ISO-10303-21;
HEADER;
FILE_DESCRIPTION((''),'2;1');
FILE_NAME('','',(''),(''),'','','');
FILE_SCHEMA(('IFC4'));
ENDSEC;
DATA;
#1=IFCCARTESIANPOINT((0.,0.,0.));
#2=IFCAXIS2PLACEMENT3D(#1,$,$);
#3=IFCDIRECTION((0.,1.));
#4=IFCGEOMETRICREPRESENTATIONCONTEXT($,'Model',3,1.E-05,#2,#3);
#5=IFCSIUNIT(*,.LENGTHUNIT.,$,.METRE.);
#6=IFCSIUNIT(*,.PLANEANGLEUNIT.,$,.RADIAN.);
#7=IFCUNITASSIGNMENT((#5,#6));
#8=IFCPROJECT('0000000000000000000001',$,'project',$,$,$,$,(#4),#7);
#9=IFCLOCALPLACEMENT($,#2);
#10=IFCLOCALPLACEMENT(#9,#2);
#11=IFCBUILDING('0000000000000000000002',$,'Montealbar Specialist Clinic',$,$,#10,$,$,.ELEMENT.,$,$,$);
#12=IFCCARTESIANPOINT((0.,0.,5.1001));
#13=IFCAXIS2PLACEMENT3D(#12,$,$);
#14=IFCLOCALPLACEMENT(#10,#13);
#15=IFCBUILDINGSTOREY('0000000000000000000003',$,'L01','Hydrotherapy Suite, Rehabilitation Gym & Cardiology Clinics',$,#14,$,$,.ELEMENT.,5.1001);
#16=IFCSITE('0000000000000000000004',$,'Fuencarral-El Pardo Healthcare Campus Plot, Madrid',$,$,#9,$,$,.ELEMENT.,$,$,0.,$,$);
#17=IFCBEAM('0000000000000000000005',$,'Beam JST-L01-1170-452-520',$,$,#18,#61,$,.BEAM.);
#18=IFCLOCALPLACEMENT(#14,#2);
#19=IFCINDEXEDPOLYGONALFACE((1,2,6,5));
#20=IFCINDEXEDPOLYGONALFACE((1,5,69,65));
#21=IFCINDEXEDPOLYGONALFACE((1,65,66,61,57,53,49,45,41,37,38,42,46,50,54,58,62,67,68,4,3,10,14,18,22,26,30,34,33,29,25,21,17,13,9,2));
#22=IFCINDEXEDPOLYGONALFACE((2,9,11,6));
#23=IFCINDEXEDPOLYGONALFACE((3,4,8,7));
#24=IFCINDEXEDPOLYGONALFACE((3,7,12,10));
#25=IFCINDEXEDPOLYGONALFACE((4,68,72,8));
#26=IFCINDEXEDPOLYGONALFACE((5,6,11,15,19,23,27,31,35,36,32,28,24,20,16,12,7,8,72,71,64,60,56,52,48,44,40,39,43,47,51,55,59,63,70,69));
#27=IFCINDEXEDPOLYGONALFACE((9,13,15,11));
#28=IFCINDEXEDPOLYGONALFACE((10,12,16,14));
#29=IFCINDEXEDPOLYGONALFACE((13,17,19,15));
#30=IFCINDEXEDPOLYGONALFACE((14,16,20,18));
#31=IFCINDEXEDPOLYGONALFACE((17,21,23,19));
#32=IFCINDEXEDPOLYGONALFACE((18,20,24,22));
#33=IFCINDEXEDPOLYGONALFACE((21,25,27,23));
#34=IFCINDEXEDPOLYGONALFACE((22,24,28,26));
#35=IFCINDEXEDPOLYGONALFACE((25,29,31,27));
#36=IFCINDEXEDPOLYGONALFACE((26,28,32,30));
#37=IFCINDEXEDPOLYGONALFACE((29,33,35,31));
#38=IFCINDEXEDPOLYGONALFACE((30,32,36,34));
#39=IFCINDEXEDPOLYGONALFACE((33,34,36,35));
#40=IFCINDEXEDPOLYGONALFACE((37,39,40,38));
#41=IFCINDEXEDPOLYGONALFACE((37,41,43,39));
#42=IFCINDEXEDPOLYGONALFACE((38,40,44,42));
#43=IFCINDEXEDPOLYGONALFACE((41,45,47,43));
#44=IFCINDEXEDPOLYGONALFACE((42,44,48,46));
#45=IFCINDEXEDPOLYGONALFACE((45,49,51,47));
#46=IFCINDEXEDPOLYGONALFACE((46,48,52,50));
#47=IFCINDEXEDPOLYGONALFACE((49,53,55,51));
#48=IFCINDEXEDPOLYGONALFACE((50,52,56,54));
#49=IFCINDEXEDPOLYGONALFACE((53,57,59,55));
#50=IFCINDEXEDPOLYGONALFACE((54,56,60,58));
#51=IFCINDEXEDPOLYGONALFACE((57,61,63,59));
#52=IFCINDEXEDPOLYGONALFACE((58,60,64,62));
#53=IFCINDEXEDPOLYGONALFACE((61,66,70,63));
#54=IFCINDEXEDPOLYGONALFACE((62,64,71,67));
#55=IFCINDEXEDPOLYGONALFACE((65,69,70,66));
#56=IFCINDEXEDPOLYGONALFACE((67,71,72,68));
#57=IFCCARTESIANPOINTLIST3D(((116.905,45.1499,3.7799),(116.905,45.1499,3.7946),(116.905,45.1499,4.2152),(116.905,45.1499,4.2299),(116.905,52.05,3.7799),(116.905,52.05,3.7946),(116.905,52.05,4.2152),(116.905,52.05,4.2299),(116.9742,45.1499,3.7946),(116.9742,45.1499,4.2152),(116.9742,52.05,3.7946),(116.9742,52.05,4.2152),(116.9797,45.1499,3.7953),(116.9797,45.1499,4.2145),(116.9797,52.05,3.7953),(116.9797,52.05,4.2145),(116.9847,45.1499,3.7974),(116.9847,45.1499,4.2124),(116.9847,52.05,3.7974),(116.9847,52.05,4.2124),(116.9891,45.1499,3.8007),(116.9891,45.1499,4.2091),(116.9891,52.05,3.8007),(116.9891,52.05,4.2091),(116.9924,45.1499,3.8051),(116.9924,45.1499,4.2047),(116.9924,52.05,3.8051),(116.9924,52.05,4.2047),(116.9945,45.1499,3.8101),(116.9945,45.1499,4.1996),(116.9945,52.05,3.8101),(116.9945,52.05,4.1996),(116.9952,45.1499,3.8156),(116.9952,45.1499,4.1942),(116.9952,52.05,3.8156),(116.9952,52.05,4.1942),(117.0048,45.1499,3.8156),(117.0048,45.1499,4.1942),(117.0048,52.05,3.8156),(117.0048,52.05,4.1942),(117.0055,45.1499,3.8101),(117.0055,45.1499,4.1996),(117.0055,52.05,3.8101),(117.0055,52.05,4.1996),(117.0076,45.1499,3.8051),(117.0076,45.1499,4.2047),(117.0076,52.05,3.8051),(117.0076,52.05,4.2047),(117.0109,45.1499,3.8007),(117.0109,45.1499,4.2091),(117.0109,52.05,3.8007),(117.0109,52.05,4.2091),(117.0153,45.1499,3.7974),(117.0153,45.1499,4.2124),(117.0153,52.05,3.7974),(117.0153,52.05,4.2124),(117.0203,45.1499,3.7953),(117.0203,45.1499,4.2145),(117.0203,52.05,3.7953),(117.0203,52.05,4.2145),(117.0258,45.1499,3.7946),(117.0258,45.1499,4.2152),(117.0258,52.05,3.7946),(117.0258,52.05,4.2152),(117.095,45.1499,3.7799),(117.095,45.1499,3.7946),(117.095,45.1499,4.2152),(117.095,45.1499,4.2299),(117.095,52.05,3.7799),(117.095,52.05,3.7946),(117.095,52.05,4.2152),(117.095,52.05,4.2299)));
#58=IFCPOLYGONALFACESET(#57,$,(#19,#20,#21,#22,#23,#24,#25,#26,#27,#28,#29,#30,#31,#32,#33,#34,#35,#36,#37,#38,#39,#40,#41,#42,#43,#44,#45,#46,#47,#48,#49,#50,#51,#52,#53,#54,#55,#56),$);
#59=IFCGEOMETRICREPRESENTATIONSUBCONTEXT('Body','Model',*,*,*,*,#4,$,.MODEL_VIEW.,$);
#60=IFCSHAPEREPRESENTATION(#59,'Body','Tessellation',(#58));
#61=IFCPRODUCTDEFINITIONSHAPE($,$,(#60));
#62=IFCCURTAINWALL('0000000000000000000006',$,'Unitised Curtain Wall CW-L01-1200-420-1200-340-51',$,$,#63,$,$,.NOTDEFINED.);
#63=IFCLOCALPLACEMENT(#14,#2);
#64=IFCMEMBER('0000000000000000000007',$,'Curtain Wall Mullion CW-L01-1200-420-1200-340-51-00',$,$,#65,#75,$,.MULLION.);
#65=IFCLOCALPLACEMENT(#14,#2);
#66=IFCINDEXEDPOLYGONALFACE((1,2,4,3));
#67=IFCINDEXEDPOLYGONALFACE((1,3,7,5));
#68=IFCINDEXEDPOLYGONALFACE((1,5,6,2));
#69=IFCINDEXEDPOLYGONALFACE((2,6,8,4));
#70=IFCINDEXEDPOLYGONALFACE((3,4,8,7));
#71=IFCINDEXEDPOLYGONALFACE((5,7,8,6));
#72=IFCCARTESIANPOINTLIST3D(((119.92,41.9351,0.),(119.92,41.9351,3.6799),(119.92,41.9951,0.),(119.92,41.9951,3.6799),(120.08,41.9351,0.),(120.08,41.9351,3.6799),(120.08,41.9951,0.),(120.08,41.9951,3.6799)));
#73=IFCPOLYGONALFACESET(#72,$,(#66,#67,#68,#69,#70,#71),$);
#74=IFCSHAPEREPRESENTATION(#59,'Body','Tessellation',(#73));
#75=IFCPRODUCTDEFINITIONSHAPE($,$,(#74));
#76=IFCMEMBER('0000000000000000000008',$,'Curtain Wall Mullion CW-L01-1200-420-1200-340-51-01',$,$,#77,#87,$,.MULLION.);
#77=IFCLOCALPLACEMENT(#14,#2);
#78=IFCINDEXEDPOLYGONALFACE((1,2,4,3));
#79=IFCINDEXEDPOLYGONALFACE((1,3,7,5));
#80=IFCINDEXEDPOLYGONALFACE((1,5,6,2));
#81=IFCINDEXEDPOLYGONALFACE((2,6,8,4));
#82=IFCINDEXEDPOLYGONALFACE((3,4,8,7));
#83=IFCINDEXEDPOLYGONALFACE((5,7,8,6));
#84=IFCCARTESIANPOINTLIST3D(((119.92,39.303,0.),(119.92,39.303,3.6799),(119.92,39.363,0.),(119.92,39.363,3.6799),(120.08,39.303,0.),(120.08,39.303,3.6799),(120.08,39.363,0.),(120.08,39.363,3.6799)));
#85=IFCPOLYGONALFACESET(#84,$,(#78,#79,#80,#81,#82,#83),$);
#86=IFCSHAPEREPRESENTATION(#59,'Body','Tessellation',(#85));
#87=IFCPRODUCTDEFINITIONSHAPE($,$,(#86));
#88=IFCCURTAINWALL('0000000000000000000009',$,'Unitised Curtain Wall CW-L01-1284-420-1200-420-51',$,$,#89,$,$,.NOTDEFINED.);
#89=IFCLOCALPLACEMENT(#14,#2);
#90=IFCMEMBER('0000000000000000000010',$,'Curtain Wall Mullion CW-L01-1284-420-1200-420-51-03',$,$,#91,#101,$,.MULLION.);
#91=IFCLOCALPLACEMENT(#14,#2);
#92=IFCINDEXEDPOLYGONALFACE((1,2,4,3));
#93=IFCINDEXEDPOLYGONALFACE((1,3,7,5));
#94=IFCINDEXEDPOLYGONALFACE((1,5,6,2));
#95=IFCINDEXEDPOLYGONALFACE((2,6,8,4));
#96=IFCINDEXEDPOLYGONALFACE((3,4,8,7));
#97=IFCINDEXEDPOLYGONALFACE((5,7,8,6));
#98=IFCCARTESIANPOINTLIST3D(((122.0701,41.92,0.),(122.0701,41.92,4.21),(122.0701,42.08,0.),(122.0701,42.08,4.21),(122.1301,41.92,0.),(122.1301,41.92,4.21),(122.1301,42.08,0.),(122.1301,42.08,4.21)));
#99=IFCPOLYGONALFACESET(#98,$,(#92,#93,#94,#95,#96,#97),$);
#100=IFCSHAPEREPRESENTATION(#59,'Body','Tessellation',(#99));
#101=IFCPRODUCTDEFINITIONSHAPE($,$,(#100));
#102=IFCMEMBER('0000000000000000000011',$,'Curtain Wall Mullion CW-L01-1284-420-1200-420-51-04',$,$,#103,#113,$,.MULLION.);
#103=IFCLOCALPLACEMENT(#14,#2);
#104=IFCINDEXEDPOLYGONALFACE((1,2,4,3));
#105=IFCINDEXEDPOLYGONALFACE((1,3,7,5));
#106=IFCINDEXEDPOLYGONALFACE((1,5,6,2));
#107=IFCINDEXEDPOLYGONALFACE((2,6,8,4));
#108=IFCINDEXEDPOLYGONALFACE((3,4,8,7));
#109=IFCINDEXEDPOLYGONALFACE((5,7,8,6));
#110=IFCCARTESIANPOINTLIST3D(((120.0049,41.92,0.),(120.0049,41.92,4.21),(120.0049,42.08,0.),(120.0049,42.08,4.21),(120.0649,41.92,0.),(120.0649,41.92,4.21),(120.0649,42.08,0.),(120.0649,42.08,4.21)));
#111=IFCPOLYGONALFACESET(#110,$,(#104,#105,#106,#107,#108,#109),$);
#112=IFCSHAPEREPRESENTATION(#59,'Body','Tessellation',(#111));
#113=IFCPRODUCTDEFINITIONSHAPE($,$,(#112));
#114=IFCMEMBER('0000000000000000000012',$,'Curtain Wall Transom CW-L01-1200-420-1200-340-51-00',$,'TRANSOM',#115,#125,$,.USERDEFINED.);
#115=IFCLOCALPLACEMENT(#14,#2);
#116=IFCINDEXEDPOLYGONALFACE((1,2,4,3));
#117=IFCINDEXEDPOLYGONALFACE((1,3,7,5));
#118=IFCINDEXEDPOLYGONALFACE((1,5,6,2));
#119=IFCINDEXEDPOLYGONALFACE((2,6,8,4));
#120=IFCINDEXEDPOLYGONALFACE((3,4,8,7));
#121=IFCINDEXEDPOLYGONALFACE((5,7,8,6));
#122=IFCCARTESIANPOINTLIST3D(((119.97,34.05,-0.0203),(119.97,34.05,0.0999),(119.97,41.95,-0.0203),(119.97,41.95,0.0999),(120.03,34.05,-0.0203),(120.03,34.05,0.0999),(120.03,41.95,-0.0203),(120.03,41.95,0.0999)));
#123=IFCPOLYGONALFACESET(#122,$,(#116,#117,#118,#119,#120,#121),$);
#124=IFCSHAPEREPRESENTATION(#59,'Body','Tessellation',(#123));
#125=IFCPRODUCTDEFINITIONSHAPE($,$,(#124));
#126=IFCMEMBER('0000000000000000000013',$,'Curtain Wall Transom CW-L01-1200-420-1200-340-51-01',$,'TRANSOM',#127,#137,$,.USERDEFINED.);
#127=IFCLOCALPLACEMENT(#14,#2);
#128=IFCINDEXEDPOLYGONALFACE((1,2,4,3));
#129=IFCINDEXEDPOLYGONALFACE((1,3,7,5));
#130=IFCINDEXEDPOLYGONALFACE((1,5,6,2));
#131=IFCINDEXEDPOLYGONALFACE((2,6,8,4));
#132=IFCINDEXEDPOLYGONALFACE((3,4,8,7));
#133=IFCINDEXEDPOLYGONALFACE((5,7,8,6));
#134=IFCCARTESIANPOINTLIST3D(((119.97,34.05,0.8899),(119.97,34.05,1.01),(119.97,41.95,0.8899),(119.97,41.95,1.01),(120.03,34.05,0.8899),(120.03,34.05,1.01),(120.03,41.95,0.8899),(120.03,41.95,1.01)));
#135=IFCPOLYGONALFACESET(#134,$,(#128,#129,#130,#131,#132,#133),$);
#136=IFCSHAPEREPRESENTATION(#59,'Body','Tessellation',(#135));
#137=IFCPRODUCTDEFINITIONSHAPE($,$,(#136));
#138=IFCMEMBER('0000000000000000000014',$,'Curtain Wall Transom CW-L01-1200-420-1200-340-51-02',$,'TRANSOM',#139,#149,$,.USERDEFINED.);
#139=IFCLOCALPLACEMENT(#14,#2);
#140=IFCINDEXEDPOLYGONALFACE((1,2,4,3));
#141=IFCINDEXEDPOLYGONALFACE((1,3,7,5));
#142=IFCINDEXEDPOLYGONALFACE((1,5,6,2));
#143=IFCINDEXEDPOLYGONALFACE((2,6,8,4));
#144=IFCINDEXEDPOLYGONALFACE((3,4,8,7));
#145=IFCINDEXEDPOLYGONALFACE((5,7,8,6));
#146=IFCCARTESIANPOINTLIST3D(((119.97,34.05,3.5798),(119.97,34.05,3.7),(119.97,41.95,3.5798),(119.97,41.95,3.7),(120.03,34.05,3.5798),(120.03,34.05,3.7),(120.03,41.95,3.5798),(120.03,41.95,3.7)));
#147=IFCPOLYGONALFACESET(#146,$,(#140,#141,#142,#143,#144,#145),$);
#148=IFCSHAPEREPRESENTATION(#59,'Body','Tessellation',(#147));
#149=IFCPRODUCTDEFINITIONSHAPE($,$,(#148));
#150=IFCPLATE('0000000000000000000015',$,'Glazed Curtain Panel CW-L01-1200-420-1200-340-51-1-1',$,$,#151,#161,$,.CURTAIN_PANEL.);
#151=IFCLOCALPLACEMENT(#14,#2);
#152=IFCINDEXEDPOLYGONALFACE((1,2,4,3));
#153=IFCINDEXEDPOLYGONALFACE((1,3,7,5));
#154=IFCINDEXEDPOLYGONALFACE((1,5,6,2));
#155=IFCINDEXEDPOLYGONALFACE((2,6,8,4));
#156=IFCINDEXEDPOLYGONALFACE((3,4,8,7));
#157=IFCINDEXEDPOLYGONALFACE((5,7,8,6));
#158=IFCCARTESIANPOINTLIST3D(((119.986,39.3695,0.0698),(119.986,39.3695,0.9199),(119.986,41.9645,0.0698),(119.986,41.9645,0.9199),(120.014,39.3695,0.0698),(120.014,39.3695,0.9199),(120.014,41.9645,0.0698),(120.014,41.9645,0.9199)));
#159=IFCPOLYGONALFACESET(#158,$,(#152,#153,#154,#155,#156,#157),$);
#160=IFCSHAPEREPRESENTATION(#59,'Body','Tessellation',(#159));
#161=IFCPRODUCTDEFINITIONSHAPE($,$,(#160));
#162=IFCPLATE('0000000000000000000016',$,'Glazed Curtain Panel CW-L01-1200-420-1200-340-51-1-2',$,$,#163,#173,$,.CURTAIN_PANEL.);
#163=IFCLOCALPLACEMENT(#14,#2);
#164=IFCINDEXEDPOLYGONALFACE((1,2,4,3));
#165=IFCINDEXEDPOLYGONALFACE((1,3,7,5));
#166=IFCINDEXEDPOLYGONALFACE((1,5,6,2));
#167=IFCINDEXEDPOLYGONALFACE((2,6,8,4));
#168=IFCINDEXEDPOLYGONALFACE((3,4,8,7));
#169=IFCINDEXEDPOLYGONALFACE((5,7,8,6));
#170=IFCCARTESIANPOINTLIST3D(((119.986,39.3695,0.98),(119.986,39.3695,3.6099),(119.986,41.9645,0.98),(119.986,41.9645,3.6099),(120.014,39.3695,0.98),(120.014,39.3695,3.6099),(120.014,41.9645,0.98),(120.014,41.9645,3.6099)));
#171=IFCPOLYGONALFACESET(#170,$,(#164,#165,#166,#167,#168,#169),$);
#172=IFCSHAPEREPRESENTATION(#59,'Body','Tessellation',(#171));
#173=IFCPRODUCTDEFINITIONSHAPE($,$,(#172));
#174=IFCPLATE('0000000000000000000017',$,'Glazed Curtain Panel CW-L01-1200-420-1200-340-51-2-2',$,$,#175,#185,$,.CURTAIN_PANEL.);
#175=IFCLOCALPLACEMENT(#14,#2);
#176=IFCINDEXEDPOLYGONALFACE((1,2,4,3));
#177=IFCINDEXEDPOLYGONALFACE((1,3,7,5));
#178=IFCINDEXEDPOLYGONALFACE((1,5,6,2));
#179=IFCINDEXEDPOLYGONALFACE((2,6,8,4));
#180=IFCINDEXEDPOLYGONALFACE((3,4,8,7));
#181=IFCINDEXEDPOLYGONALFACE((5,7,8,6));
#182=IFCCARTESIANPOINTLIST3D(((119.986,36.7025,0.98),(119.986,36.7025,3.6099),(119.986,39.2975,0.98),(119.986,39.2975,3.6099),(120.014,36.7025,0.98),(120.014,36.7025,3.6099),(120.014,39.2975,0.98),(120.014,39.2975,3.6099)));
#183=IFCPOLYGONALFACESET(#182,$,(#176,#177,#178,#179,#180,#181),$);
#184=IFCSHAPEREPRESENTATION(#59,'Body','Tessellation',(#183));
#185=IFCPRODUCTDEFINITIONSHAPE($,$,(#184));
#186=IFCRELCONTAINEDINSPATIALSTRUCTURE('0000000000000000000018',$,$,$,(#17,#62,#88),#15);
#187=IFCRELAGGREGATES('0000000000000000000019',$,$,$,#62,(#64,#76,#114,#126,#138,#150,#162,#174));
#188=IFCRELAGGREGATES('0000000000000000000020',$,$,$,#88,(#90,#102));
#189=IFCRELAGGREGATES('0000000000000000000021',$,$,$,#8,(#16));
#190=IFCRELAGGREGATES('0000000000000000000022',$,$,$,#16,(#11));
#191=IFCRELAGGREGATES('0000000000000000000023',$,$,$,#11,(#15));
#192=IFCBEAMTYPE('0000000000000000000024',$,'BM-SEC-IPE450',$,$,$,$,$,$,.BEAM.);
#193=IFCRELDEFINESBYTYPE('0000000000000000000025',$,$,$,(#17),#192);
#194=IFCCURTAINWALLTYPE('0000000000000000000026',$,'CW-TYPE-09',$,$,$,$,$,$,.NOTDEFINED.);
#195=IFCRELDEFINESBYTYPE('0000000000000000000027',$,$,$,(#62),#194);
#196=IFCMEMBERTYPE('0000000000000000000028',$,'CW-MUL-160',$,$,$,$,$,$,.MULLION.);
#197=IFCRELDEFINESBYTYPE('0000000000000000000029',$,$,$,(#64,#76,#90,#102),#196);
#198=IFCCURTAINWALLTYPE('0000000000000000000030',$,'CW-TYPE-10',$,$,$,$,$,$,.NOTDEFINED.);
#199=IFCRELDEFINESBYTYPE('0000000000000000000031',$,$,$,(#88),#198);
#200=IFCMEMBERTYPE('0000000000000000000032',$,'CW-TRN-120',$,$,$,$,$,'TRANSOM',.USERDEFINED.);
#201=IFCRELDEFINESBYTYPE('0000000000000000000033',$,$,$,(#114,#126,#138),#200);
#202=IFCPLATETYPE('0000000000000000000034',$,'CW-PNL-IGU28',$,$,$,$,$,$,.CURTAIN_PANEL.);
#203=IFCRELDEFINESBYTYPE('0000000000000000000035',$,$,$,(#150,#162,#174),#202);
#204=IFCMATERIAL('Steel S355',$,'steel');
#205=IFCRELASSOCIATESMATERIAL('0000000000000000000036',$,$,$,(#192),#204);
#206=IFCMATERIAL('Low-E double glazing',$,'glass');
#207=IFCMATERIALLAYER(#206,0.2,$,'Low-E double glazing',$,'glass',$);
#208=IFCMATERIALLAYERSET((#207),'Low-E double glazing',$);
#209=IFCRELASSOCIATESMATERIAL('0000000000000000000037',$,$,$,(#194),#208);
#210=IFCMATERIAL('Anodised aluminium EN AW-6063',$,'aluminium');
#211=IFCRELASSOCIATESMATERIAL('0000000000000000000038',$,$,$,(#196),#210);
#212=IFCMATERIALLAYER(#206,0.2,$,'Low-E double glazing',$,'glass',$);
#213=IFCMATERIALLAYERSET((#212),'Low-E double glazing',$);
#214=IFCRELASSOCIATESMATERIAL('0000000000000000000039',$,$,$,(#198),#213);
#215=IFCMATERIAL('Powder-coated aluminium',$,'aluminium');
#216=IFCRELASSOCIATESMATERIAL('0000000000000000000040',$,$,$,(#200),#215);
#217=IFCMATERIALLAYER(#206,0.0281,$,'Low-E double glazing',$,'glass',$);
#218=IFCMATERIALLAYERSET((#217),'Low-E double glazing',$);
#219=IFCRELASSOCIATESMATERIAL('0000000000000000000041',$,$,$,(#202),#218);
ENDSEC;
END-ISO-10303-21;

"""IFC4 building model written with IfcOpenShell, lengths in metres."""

from ifc_helpers import new_model, si_unit, direction, frame, origin, origin_2d, place, context, subcontext, project, spatial, rectangle, i_section, extrude, material, layer, layer_set, material_profile, profile_set, type_object, element, aggregate, save


model = new_model("IFC4")

# Units and contexts
model_context = context("Model", 3, precision=1e-05, world=origin(), true_north=direction((0.0, 1.0)))
body_context = subcontext(model_context, "Body", "Model", "MODEL_VIEW")
ifc_project = project(units=[si_unit("LENGTHUNIT", "METRE"), si_unit("PLANEANGLEUNIT", "RADIAN")], contexts=[model_context])

# Site, building, storey
site_placement = place(None, origin())
site = spatial("IfcSite", under=ifc_project, at=site_placement, Name="Fuencarral-El Pardo Healthcare Campus Plot, Madrid", CompositionType="ELEMENT", RefElevation=0.0)
building_placement = place(site_placement, origin())
building = spatial("IfcBuilding", under=site, at=building_placement, Name="Montealbar Specialist Clinic", CompositionType="ELEMENT")
storey_placement = place(building_placement, frame((0.0, 0.0, 5.1001)))
storey = spatial("IfcBuildingStorey", under=building, at=storey_placement, Name="L01", Description="Hydrotherapy Suite, Rehabilitation Gym & Cardiology Clinics", CompositionType="ELEMENT", Elevation=5.1001)

# Shared definitions
ifc_material_1 = material(Name="Steel S355", Category="steel")

# Beam
ifc_material_profile_1 = material_profile(ifc_material_1, i_section(OverallWidth=0.1899, OverallDepth=0.45, WebThickness=0.0095, FlangeThickness=0.0146, FilletRadius=0.021, at=origin_2d()), Name="IPE 450", Category="steel")
ifc_profile_set_1 = profile_set([ifc_material_profile_1], Name="Steel S355")
beam_type_1 = type_object("IfcBeamType", Name="BM-SEC-IPE450", PredefinedType="BEAM", material=ifc_profile_set_1)
beam_1_placement = place(storey_placement, frame((117.0, 45.1499, 4.0049), z_axis=(0.0, 1.0, 0.0), x_axis=(-1.0, 0.0, 0.0)))
element("IfcBeam", 1, at=beam_1_placement, inside=storey, type_object=beam_type_1, Name="Beam JST-L01-1170-452-520", PredefinedType="BEAM", context=body_context, shape_type="SweptSolid", body=[
    extrude(i_section(OverallWidth=0.1899, OverallDepth=0.45, WebThickness=0.0095, FlangeThickness=0.0146, FilletRadius=0.021, at=origin_2d()), origin(), (0.0, 0.0, 1.0), 6.9001),
])

# Curtain walls, members
ifc_material_2 = material(Name="Low-E double glazing", Category="glass")
ifc_layer_1 = layer(ifc_material_2, 0.2, Name="Low-E double glazing", Category="glass")
ifc_layer_set_1 = layer_set([ifc_layer_1], Name="Low-E double glazing")
curtain_wall_type_1 = type_object("IfcCurtainWallType", Name="CW-TYPE-09", PredefinedType="NOTDEFINED", material=ifc_layer_set_1)
curtain_wall_1_placement = place(storey_placement, origin())
curtain_wall_1 = element("IfcCurtainWall", 2, at=curtain_wall_1_placement, inside=storey, type_object=curtain_wall_type_1, Name="Unitised Curtain Wall CW-L01-1200-420-1200-340-51", PredefinedType="NOTDEFINED")
ifc_material_3 = material(Name="Anodised aluminium EN AW-6063", Category="aluminium")
ifc_material_profile_2 = material_profile(ifc_material_3, rectangle(XDim=0.0601, YDim=0.1599, at=origin_2d()), Name="ALU 60x160", Category="aluminium")
ifc_profile_set_2 = profile_set([ifc_material_profile_2], Name="Anodised aluminium EN AW-6063")
member_type_1 = type_object("IfcMemberType", Name="CW-MUL-160", PredefinedType="MULLION", material=ifc_profile_set_2)
member_1_placement = place(storey_placement, frame((120.0, 41.9651, 0.0), z_axis=(0.0, 0.0, 1.0), x_axis=(0.0, -1.0, 0.0)))
member_1 = element("IfcMember", 3, at=member_1_placement, type_object=member_type_1, Name="Curtain Wall Mullion CW-L01-1200-420-1200-340-51-00", PredefinedType="MULLION", context=body_context, shape_type="SweptSolid", body=[
    extrude(rectangle(XDim=0.0601, YDim=0.1599, at=origin_2d()), origin(), (0.0, 0.0, 1.0), 3.6799),
])
member_2_placement = place(storey_placement, frame((120.0, 39.333, 0.0), z_axis=(0.0, 0.0, 1.0), x_axis=(0.0, -1.0, 0.0)))
member_2 = element("IfcMember", 4, at=member_2_placement, type_object=member_type_1, Name="Curtain Wall Mullion CW-L01-1200-420-1200-340-51-01", PredefinedType="MULLION", context=body_context, shape_type="SweptSolid", body=[
    extrude(rectangle(XDim=0.0601, YDim=0.1599, at=origin_2d()), origin(), (0.0, 0.0, 1.0), 3.6799),
])
ifc_layer_2 = layer(ifc_material_2, 0.2, Name="Low-E double glazing", Category="glass")
ifc_layer_set_2 = layer_set([ifc_layer_2], Name="Low-E double glazing")
curtain_wall_type_2 = type_object("IfcCurtainWallType", Name="CW-TYPE-10", PredefinedType="NOTDEFINED", material=ifc_layer_set_2)
curtain_wall_2_placement = place(storey_placement, origin())
curtain_wall_2 = element("IfcCurtainWall", 5, at=curtain_wall_2_placement, inside=storey, type_object=curtain_wall_type_2, Name="Unitised Curtain Wall CW-L01-1284-420-1200-420-51", PredefinedType="NOTDEFINED")
member_3_placement = place(storey_placement, frame((122.1001, 42.0, 0.0), z_axis=(0.0, 0.0, 1.0), x_axis=(-1.0, 0.0, 0.0)))
member_3 = element("IfcMember", 6, at=member_3_placement, type_object=member_type_1, Name="Curtain Wall Mullion CW-L01-1284-420-1200-420-51-03", PredefinedType="MULLION", context=body_context, shape_type="SweptSolid", body=[
    extrude(rectangle(XDim=0.0601, YDim=0.1599, at=origin_2d()), origin(), (0.0, 0.0, 1.0), 4.21),
])
member_4_placement = place(storey_placement, frame((120.0349, 42.0, 0.0), z_axis=(0.0, 0.0, 1.0), x_axis=(-1.0, 0.0, 0.0)))
member_4 = element("IfcMember", 7, at=member_4_placement, type_object=member_type_1, Name="Curtain Wall Mullion CW-L01-1284-420-1200-420-51-04", PredefinedType="MULLION", context=body_context, shape_type="SweptSolid", body=[
    extrude(rectangle(XDim=0.0601, YDim=0.1599, at=origin_2d()), origin(), (0.0, 0.0, 1.0), 4.21),
])

# Members
ifc_material_4 = material(Name="Powder-coated aluminium", Category="aluminium")
ifc_material_profile_3 = material_profile(ifc_material_4, rectangle(XDim=0.0601, YDim=0.1201, at=origin_2d()), Name="ALU 60x120", Category="aluminium")
ifc_profile_set_3 = profile_set([ifc_material_profile_3], Name="Powder-coated aluminium")
member_type_2 = type_object("IfcMemberType", Name="CW-TRN-120", ElementType="TRANSOM", PredefinedType="USERDEFINED", material=ifc_profile_set_3)
member_5_placement = place(storey_placement, frame((120.0, 41.95, 0.0398), z_axis=(0.0, -1.0, 0.0), x_axis=(1.0, 0.0, 0.0)))
member_5 = element("IfcMember", 8, at=member_5_placement, type_object=member_type_2, Name="Curtain Wall Transom CW-L01-1200-420-1200-340-51-00", ObjectType="TRANSOM", PredefinedType="USERDEFINED", context=body_context, shape_type="SweptSolid", body=[
    extrude(rectangle(XDim=0.0601, YDim=0.1201, at=origin_2d()), origin(), (0.0, 0.0, 1.0), 7.8999),
])
member_6_placement = place(storey_placement, frame((120.0, 41.95, 0.95), z_axis=(0.0, -1.0, 0.0), x_axis=(1.0, 0.0, 0.0)))
member_6 = element("IfcMember", 9, at=member_6_placement, type_object=member_type_2, Name="Curtain Wall Transom CW-L01-1200-420-1200-340-51-01", ObjectType="TRANSOM", PredefinedType="USERDEFINED", context=body_context, shape_type="SweptSolid", body=[
    extrude(rectangle(XDim=0.0601, YDim=0.1201, at=origin_2d()), origin(), (0.0, 0.0, 1.0), 7.8999),
])
member_7_placement = place(storey_placement, frame((120.0, 41.95, 3.6399), z_axis=(0.0, -1.0, 0.0), x_axis=(1.0, 0.0, 0.0)))
member_7 = element("IfcMember", 10, at=member_7_placement, type_object=member_type_2, Name="Curtain Wall Transom CW-L01-1200-420-1200-340-51-02", ObjectType="TRANSOM", PredefinedType="USERDEFINED", context=body_context, shape_type="SweptSolid", body=[
    extrude(rectangle(XDim=0.0601, YDim=0.1201, at=origin_2d()), origin(), (0.0, 0.0, 1.0), 7.8999),
])

# Plates
ifc_layer_3 = layer(ifc_material_2, 0.0281, Name="Low-E double glazing", Category="glass")
ifc_layer_set_3 = layer_set([ifc_layer_3], Name="Low-E double glazing")
plate_type = type_object("IfcPlateType", Name="CW-PNL-IGU28", PredefinedType="CURTAIN_PANEL", material=ifc_layer_set_3)
plate_1_placement = place(storey_placement, frame((120.0, 40.667, 0.0698), z_axis=(0.0, 0.0, 1.0), x_axis=(0.0, -1.0, 0.0)))
plate_1 = element("IfcPlate", 11, at=plate_1_placement, type_object=plate_type, Name="Glazed Curtain Panel CW-L01-1200-420-1200-340-51-1-1", PredefinedType="CURTAIN_PANEL", context=body_context, shape_type="SweptSolid", body=[
    extrude(rectangle(XDim=2.595, YDim=0.0281, at=origin_2d()), origin(), (0.0, 0.0, 1.0), 0.8501),
])
plate_2_placement = place(storey_placement, frame((120.0, 40.667, 0.98), z_axis=(0.0, 0.0, 1.0), x_axis=(0.0, -1.0, 0.0)))
plate_2 = element("IfcPlate", 12, at=plate_2_placement, type_object=plate_type, Name="Glazed Curtain Panel CW-L01-1200-420-1200-340-51-1-2", PredefinedType="CURTAIN_PANEL", context=body_context, shape_type="SweptSolid", body=[
    extrude(rectangle(XDim=2.595, YDim=0.0281, at=origin_2d()), origin(), (0.0, 0.0, 1.0), 2.6299),
])
plate_3_placement = place(storey_placement, frame((120.0, 38.0, 0.98), z_axis=(0.0, 0.0, 1.0), x_axis=(0.0, -1.0, 0.0)))
plate_3 = element("IfcPlate", 13, at=plate_3_placement, type_object=plate_type, Name="Glazed Curtain Panel CW-L01-1200-420-1200-340-51-2-2", PredefinedType="CURTAIN_PANEL", context=body_context, shape_type="SweptSolid", body=[
    extrude(rectangle(XDim=2.595, YDim=0.0281, at=origin_2d()), origin(), (0.0, 0.0, 1.0), 2.6299),
])
aggregate(curtain_wall_1, [member_1, member_2, member_5, member_6, member_7, plate_1, plate_2, plate_3])
aggregate(curtain_wall_2, [member_3, member_4])

save(model, "model.ifc")
